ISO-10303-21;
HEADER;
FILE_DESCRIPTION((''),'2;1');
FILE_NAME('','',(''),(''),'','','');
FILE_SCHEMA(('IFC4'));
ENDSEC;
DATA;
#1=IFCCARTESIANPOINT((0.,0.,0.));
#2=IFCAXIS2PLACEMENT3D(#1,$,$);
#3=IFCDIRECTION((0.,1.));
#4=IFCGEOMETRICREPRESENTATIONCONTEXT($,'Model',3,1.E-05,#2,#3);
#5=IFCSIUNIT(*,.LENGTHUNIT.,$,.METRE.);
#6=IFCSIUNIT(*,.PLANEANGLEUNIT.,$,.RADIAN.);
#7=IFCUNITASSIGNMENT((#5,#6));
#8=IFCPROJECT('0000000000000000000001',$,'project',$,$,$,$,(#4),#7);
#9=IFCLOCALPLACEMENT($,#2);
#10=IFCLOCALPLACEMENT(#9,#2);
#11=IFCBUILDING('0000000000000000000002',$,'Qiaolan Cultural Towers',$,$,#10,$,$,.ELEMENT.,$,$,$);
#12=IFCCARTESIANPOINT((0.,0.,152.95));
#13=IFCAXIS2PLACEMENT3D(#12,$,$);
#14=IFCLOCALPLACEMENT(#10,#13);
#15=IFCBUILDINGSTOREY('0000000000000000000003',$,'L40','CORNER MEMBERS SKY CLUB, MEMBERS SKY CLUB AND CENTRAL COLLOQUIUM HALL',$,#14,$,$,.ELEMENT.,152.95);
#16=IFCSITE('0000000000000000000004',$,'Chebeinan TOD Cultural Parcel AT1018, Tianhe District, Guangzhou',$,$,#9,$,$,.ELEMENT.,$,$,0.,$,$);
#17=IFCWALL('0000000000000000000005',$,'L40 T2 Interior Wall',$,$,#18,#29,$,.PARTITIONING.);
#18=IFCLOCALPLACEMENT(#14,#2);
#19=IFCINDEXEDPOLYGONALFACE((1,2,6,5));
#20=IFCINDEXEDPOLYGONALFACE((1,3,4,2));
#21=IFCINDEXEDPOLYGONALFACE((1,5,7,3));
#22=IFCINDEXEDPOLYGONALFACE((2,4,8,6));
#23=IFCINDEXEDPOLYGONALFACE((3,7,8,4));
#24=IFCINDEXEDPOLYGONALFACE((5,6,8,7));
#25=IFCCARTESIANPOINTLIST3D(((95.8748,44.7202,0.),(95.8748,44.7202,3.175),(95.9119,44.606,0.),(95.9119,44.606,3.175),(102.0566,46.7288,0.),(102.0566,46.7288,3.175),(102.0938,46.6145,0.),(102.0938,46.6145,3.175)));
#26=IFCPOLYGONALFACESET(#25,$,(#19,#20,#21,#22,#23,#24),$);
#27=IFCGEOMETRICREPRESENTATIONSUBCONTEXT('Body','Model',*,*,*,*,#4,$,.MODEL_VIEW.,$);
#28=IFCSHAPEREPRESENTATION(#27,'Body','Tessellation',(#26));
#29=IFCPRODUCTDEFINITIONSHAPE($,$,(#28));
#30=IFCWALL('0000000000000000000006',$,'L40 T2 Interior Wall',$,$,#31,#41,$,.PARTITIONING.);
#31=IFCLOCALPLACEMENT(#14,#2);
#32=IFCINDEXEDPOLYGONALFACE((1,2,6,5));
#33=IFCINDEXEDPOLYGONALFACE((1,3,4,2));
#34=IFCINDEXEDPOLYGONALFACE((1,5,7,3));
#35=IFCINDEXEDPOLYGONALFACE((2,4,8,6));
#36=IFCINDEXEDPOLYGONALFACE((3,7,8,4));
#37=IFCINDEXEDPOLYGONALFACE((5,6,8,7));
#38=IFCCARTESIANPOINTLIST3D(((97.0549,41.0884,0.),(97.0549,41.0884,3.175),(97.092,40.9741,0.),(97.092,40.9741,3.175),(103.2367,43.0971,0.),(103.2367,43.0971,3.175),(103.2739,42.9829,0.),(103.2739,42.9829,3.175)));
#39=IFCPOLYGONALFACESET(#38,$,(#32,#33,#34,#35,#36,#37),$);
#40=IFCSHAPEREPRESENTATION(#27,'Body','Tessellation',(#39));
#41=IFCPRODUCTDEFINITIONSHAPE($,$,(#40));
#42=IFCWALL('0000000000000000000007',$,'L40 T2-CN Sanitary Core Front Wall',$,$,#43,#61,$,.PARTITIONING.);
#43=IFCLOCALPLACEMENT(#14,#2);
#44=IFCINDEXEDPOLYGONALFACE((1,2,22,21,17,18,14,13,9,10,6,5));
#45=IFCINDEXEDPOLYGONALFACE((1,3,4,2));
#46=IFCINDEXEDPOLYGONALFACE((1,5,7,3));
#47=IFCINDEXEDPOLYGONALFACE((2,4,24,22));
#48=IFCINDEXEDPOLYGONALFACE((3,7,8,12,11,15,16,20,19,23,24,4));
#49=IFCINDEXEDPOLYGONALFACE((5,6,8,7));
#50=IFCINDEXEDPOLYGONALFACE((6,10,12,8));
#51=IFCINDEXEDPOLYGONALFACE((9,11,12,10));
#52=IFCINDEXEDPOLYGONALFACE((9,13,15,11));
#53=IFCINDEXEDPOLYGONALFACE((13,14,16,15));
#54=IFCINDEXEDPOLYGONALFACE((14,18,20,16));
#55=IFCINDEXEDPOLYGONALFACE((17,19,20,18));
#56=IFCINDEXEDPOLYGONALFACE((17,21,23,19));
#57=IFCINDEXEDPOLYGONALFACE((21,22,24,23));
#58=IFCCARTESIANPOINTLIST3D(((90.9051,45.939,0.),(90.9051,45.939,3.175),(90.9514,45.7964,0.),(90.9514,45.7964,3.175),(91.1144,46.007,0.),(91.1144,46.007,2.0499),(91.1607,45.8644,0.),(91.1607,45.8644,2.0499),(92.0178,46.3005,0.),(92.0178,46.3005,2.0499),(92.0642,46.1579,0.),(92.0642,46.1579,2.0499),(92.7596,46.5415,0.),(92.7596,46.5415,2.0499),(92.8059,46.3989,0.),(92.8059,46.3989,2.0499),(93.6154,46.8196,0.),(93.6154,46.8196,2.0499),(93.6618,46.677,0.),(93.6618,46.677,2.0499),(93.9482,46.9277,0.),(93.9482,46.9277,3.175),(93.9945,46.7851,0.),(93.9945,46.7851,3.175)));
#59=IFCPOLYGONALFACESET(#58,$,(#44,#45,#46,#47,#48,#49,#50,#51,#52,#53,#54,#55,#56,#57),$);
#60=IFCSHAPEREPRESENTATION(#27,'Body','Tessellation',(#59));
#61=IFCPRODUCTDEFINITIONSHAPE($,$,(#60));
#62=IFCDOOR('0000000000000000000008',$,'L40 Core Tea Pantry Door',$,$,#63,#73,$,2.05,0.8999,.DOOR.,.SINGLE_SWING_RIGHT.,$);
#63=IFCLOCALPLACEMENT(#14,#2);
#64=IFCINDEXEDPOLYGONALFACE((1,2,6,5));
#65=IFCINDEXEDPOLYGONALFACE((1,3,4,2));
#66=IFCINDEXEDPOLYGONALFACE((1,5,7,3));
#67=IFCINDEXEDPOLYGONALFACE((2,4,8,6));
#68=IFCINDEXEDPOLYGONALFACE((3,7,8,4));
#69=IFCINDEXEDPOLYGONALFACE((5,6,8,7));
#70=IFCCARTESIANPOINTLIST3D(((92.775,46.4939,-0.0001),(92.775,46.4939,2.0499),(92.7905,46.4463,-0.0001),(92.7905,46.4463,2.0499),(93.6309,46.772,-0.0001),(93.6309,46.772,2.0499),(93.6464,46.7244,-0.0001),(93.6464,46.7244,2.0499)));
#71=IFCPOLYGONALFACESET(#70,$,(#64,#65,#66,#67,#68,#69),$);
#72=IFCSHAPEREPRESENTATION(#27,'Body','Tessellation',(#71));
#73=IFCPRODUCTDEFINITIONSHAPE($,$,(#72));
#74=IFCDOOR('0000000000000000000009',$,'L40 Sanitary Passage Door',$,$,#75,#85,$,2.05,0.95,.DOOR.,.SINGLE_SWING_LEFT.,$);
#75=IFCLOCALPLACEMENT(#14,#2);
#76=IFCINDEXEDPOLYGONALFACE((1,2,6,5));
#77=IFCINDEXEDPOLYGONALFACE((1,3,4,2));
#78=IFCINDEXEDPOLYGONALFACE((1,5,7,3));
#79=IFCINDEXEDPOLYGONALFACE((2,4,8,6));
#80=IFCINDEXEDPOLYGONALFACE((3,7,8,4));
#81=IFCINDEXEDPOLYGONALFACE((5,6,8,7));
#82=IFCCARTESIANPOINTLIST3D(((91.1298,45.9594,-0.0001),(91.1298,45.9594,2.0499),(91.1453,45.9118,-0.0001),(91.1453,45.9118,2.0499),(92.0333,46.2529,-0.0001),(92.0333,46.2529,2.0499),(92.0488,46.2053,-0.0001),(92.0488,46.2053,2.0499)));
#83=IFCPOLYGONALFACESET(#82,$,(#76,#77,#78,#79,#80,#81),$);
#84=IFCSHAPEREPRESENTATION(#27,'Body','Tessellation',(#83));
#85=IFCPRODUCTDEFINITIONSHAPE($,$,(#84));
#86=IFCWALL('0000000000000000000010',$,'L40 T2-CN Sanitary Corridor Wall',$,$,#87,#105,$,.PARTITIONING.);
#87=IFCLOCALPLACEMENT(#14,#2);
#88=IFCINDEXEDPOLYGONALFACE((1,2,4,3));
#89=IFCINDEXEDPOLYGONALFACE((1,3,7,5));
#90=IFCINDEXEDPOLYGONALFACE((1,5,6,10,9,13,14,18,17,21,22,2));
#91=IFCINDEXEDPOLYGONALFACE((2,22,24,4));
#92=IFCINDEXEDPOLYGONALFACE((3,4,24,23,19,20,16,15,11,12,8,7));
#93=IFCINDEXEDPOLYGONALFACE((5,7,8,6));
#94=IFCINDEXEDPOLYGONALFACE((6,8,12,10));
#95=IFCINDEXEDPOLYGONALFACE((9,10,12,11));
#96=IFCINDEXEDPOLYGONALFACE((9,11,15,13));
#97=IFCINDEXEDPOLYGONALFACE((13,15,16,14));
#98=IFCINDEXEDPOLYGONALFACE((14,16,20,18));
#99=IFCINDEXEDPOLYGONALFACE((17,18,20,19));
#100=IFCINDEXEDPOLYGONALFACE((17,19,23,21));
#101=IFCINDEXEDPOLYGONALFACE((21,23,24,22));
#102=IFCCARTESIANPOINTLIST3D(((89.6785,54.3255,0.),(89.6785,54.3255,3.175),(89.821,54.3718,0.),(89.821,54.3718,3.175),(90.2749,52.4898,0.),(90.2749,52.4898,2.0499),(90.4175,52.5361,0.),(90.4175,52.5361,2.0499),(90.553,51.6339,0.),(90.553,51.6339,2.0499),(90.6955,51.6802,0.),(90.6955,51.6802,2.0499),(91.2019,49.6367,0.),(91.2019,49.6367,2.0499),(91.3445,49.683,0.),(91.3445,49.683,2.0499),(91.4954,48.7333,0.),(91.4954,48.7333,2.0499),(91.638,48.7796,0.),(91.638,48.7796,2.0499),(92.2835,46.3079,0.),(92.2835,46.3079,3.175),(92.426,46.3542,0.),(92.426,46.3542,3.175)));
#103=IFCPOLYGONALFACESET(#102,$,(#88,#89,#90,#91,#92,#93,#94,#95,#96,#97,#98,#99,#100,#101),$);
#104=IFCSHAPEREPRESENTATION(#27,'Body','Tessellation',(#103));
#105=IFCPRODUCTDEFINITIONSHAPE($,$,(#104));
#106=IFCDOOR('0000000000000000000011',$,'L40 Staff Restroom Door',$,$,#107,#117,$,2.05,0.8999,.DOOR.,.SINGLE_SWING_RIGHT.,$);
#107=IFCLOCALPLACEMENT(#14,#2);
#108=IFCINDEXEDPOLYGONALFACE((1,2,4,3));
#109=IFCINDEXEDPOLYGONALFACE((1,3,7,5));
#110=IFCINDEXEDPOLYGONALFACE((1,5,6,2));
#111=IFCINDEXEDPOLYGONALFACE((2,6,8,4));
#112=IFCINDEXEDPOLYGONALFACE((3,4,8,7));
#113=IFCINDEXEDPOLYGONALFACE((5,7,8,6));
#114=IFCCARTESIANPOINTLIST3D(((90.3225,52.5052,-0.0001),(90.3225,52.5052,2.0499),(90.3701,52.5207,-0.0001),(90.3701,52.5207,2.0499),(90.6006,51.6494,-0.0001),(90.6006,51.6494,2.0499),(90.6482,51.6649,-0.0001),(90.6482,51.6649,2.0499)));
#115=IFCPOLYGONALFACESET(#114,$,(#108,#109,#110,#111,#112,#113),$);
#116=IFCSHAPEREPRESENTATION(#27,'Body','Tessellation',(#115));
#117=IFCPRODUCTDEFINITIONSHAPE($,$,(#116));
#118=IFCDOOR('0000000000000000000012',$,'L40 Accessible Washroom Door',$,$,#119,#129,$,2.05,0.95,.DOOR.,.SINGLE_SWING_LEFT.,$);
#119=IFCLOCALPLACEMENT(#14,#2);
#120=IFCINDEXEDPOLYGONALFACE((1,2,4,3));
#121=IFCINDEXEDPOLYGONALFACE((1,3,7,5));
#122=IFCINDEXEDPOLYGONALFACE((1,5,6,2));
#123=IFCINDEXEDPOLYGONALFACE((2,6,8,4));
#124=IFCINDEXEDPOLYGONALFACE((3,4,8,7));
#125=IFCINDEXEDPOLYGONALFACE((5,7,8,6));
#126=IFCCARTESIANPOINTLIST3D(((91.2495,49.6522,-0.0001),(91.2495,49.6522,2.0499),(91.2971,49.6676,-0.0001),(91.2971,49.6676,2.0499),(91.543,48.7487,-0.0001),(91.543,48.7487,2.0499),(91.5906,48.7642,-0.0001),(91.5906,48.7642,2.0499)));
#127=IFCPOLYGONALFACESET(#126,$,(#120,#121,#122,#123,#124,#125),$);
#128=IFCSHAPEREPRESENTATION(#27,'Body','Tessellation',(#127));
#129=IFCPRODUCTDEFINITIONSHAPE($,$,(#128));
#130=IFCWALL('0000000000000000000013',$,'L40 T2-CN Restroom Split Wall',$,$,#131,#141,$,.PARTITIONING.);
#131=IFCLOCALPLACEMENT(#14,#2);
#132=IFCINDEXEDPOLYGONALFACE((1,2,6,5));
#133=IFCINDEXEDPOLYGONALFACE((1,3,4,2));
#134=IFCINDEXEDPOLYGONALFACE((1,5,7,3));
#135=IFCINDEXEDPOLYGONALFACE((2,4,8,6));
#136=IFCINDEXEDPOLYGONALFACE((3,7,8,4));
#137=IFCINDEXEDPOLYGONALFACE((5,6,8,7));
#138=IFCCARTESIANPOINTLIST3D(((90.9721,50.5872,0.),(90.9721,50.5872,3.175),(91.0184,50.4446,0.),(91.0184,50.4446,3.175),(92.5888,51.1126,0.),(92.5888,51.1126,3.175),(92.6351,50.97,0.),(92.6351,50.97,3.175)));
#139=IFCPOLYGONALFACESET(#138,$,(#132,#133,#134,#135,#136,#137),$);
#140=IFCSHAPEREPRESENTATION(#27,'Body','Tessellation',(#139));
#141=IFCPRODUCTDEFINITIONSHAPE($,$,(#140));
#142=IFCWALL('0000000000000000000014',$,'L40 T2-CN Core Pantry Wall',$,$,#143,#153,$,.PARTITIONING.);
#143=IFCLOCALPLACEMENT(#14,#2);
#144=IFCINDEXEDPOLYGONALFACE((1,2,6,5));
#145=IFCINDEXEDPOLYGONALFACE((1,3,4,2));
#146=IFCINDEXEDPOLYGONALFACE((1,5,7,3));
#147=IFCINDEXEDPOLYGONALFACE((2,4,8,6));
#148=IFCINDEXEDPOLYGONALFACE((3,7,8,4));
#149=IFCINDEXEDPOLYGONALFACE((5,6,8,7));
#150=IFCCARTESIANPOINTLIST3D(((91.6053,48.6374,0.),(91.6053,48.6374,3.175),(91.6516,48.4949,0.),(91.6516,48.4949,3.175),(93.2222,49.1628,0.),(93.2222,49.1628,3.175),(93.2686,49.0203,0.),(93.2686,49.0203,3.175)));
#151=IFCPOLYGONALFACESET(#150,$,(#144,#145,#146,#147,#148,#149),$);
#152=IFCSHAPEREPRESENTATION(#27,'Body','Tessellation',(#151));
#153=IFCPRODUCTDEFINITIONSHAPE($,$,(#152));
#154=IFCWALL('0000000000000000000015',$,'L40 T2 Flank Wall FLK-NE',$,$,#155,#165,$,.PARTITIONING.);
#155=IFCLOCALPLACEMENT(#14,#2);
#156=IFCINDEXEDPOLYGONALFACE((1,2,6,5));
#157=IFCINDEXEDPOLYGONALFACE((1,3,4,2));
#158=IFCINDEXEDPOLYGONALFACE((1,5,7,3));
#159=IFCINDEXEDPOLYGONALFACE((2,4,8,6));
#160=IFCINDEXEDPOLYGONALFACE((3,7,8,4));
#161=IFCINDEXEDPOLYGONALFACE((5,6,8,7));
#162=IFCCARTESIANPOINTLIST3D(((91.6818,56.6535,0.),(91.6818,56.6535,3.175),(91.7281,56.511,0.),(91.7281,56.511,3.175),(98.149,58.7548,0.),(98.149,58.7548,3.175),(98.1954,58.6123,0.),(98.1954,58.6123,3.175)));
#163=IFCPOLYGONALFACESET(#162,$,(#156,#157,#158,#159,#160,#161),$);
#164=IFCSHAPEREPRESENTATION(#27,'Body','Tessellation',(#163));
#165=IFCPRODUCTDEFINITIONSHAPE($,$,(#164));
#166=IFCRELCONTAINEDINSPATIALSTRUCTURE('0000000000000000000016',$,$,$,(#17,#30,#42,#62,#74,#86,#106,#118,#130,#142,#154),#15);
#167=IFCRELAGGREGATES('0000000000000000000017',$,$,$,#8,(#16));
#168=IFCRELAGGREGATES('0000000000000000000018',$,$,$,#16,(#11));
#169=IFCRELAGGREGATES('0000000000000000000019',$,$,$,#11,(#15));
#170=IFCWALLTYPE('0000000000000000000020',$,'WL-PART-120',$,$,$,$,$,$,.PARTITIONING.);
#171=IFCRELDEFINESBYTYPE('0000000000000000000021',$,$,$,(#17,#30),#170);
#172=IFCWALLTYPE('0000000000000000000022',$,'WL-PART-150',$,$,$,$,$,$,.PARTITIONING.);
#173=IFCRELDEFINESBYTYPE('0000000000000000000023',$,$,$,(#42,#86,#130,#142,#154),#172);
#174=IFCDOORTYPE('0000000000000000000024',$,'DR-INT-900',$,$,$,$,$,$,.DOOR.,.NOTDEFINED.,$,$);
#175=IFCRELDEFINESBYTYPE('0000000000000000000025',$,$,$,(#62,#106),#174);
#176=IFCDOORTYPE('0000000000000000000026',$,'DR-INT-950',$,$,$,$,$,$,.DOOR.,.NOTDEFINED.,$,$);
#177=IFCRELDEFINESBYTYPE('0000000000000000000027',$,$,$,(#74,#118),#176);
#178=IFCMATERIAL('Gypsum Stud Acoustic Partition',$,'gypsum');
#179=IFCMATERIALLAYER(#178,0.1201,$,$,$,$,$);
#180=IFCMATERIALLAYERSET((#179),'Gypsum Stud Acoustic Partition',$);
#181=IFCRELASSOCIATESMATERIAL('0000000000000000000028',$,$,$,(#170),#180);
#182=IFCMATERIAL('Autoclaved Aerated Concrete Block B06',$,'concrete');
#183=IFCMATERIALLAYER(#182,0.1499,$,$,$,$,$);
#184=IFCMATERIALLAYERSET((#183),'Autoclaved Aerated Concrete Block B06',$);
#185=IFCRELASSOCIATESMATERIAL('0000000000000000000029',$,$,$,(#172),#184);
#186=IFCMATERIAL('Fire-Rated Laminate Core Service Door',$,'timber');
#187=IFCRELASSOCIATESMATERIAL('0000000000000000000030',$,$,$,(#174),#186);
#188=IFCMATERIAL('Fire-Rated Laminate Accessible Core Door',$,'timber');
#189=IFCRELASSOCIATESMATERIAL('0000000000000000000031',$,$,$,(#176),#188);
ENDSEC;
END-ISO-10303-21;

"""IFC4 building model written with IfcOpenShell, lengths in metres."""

from ifc_helpers import new_model, si_unit, direction, frame, frame_2d, origin, place, context, subcontext, project, spatial, rectangle, extrude, material, layer, layer_set, type_object, element, fill, save


model = new_model("IFC4")

# Units and contexts
model_context = context("Model", 3, precision=1e-05, world=origin(), true_north=direction((0.0, 1.0)))
body_context = subcontext(model_context, "Body", "Model", "MODEL_VIEW")
ifc_project = project(units=[si_unit("LENGTHUNIT", "METRE"), si_unit("PLANEANGLEUNIT", "RADIAN")], contexts=[model_context])

# Site, building, storey
site_placement = place(None, origin())
site = spatial("IfcSite", under=ifc_project, at=site_placement, Name="Chebeinan TOD Cultural Parcel AT1018, Tianhe District, Guangzhou", CompositionType="ELEMENT", RefElevation=0.0)
building_placement = place(site_placement, origin())
building = spatial("IfcBuilding", under=site, at=building_placement, Name="Qiaolan Cultural Towers", CompositionType="ELEMENT")
storey_placement = place(building_placement, frame((0.0, 0.0, 152.95)))
storey = spatial("IfcBuildingStorey", under=building, at=storey_placement, Name="L40", Description="CORNER MEMBERS SKY CLUB, MEMBERS SKY CLUB AND CENTRAL COLLOQUIUM HALL", CompositionType="ELEMENT", Elevation=152.95)

# Walls
ifc_material_1 = material(Name="Gypsum Stud Acoustic Partition", Category="gypsum")
ifc_layer_1 = layer(ifc_material_1, 0.1201)
ifc_layer_set_1 = layer_set([ifc_layer_1], Name="Gypsum Stud Acoustic Partition")
wall_type_1 = type_object("IfcWallType", Name="WL-PART-120", PredefinedType="PARTITIONING", material=ifc_layer_set_1)
for number, where, z_axis, x_axis, name in (
    (1, (95.8933, 44.6631, 0.0), (0.0, 0.0, 1.0), (0.95106, 0.309007, 0.0), "L40 T2 Interior Wall"),
    (2, (97.0735, 41.0312, 0.0), (0.0, 0.0, 1.0), (0.951049, 0.309041, 0.0), "L40 T2 Interior Wall"),
):
    element("IfcWall", number, at=place(storey_placement, frame(where, z_axis=z_axis, x_axis=x_axis)), inside=storey, type_object=wall_type_1, Name=name, PredefinedType="PARTITIONING", context=body_context, shape_type="SweptSolid", body=[
        extrude(rectangle(XDim=6.5, YDim=0.1201, at=frame_2d((3.25, 0.0))), origin(), (0.0, 0.0, 1.0), 3.175),
    ])

# Walls, openings, doors
ifc_material_2 = material(Name="Autoclaved Aerated Concrete Block B06", Category="concrete")
ifc_layer_2 = layer(ifc_material_2, 0.1499)
ifc_layer_set_2 = layer_set([ifc_layer_2], Name="Autoclaved Aerated Concrete Block B06")
wall_type_2 = type_object("IfcWallType", Name="WL-PART-150", PredefinedType="PARTITIONING", material=ifc_layer_set_2)
wall_1_placement = place(storey_placement, frame((90.9282, 45.8677, 0.0), z_axis=(0.0, 0.0, 1.0), x_axis=(0.951059, 0.309008, 0.0)))
wall_1 = element("IfcWall", 3, at=wall_1_placement, inside=storey, type_object=wall_type_2, Name="L40 T2-CN Sanitary Core Front Wall", PredefinedType="PARTITIONING", context=body_context, shape_type="SweptSolid", body=[
    extrude(rectangle(XDim=3.1997, YDim=0.1499, at=frame_2d((1.5999, 0.0))), origin(), (0.0, 0.0, 1.0), 3.175),
])
opening_1_placement = place(wall_1_placement, frame((0.22, 0.0, 0.0)))
opening_1 = element("IfcOpeningElement", 4, at=opening_1_placement, cuts=wall_1, PredefinedType="OPENING", context=body_context, shape_type="SweptSolid", body=[
    extrude(rectangle(XDim=0.95, YDim=2.05, at=frame_2d((0.4751, 1.0249))), frame((0.0, 0.085, 0.0), z_axis=(0.0, -1.0, 0.0), x_axis=(1.0, 0.0, 0.0)), (0.0, 0.0, 1.0), 0.1699),
])
opening_2_placement = place(wall_1_placement, frame((1.95, 0.0, 0.0)))
opening_2 = element("IfcOpeningElement", 5, at=opening_2_placement, cuts=wall_1, PredefinedType="OPENING", context=body_context, shape_type="SweptSolid", body=[
    extrude(rectangle(XDim=0.8999, YDim=2.05, at=frame_2d((0.45, 1.0249))), frame((0.0, 0.085, 0.0), z_axis=(0.0, -1.0, 0.0), x_axis=(1.0, 0.0, 0.0)), (0.0, 0.0, 1.0), 0.1699),
])
ifc_material_3 = material(Name="Fire-Rated Laminate Core Service Door", Category="timber")
door_type_1 = type_object("IfcDoorType", Name="DR-INT-900", OperationType="NOTDEFINED", PredefinedType="DOOR", material=ifc_material_3)
door_1_placement = place(opening_2_placement, origin())
door_1 = element("IfcDoor", 6, at=door_1_placement, inside=storey, type_object=door_type_1, Name="L40 Core Tea Pantry Door", OperationType="SINGLE_SWING_RIGHT", OverallHeight=2.05, OverallWidth=0.8999, PredefinedType="DOOR", context=body_context, shape_type="SweptSolid", body=[
    extrude(rectangle(XDim=0.8999, YDim=2.05, at=frame_2d((0.45, 1.0249))), frame((0.0, 0.0249, 0.0), z_axis=(0.0, -1.0, 0.0), x_axis=(1.0, 0.0, 0.0)), (0.0, 0.0, 1.0), 0.05),
])
fill(opening_2, door_1)
ifc_material_4 = material(Name="Fire-Rated Laminate Accessible Core Door", Category="timber")
door_type_2 = type_object("IfcDoorType", Name="DR-INT-950", OperationType="NOTDEFINED", PredefinedType="DOOR", material=ifc_material_4)
door_2_placement = place(opening_1_placement, origin())
door_2 = element("IfcDoor", 7, at=door_2_placement, inside=storey, type_object=door_type_2, Name="L40 Sanitary Passage Door", OperationType="SINGLE_SWING_LEFT", OverallHeight=2.05, OverallWidth=0.95, PredefinedType="DOOR", context=body_context, shape_type="SweptSolid", body=[
    extrude(rectangle(XDim=0.95, YDim=2.05, at=frame_2d((0.4751, 1.0249))), frame((0.0, 0.0249, 0.0), z_axis=(0.0, -1.0, 0.0), x_axis=(1.0, 0.0, 0.0)), (0.0, 0.0, 1.0), 0.05),
])
fill(opening_1, door_2)
wall_2_placement = place(storey_placement, frame((92.3547, 46.3311, 0.0), z_axis=(0.0, 0.0, 1.0), x_axis=(-0.309007, 0.95106, 0.0)))
wall_2 = element("IfcWall", 8, at=wall_2_placement, inside=storey, type_object=wall_type_2, Name="L40 T2-CN Sanitary Corridor Wall", PredefinedType="PARTITIONING", context=body_context, shape_type="SweptSolid", body=[
    extrude(rectangle(XDim=8.4302, YDim=0.1499, at=frame_2d((4.2151, 0.0))), origin(), (0.0, 0.0, 1.0), 3.175),
])
opening_3_placement = place(wall_2_placement, frame((2.55, 0.0, 0.0)))
opening_3 = element("IfcOpeningElement", 9, at=opening_3_placement, cuts=wall_2, PredefinedType="OPENING", context=body_context, shape_type="SweptSolid", body=[
    extrude(rectangle(XDim=0.95, YDim=2.05, at=frame_2d((0.4751, 1.0249))), frame((0.0, 0.085, 0.0), z_axis=(0.0, -1.0, 0.0), x_axis=(1.0, 0.0, 0.0)), (0.0, 0.0, 1.0), 0.1699),
])
opening_4_placement = place(wall_2_placement, frame((5.6001, 0.0, 0.0)))
opening_4 = element("IfcOpeningElement", 10, at=opening_4_placement, cuts=wall_2, PredefinedType="OPENING", context=body_context, shape_type="SweptSolid", body=[
    extrude(rectangle(XDim=0.8999, YDim=2.05, at=frame_2d((0.45, 1.0249))), frame((0.0, 0.085, 0.0), z_axis=(0.0, -1.0, 0.0), x_axis=(1.0, 0.0, 0.0)), (0.0, 0.0, 1.0), 0.1699),
])
door_3_placement = place(opening_4_placement, origin())
door_3 = element("IfcDoor", 11, at=door_3_placement, inside=storey, type_object=door_type_1, Name="L40 Staff Restroom Door", OperationType="SINGLE_SWING_RIGHT", OverallHeight=2.05, OverallWidth=0.8999, PredefinedType="DOOR", context=body_context, shape_type="SweptSolid", body=[
    extrude(rectangle(XDim=0.8999, YDim=2.05, at=frame_2d((0.45, 1.0249))), frame((0.0, 0.0249, 0.0), z_axis=(0.0, -1.0, 0.0), x_axis=(1.0, 0.0, 0.0)), (0.0, 0.0, 1.0), 0.05),
])
fill(opening_4, door_3)
door_4_placement = place(opening_3_placement, origin())
door_4 = element("IfcDoor", 12, at=door_4_placement, inside=storey, type_object=door_type_2, Name="L40 Accessible Washroom Door", OperationType="SINGLE_SWING_LEFT", OverallHeight=2.05, OverallWidth=0.95, PredefinedType="DOOR", context=body_context, shape_type="SweptSolid", body=[
    extrude(rectangle(XDim=0.95, YDim=2.05, at=frame_2d((0.4751, 1.0249))), frame((0.0, 0.0249, 0.0), z_axis=(0.0, -1.0, 0.0), x_axis=(1.0, 0.0, 0.0)), (0.0, 0.0, 1.0), 0.05),
])
fill(opening_3, door_4)

# Walls
wall_3_placement = place(storey_placement, frame((90.9951, 50.5159, 0.0), z_axis=(0.0, 0.0, 1.0), x_axis=(0.95104, 0.309067, 0.0)))
element("IfcWall", 13, at=wall_3_placement, inside=storey, type_object=wall_type_2, Name="L40 T2-CN Restroom Split Wall", PredefinedType="PARTITIONING", context=body_context, shape_type="SweptSolid", body=[
    extrude(rectangle(XDim=1.7, YDim=0.1499, at=frame_2d((0.8501, 0.0))), origin(), (0.0, 0.0, 1.0), 3.175),
])
wall_4_placement = place(storey_placement, frame((91.6284, 48.5662, 0.0), z_axis=(0.0, 0.0, 1.0), x_axis=(0.951054, 0.309024, 0.0)))
element("IfcWall", 14, at=wall_4_placement, inside=storey, type_object=wall_type_2, Name="L40 T2-CN Core Pantry Wall", PredefinedType="PARTITIONING", context=body_context, shape_type="SweptSolid", body=[
    extrude(rectangle(XDim=1.7002, YDim=0.1499, at=frame_2d((0.8501, 0.0))), origin(), (0.0, 0.0, 1.0), 3.175),
])
wall_5_placement = place(storey_placement, frame((91.7051, 56.5823, 0.0), z_axis=(0.0, 0.0, 1.0), x_axis=(0.951058, 0.309013, 0.0)))
element("IfcWall", 15, at=wall_5_placement, inside=storey, type_object=wall_type_2, Name="L40 T2 Flank Wall FLK-NE", PredefinedType="PARTITIONING", context=body_context, shape_type="SweptSolid", body=[
    extrude(rectangle(XDim=6.8, YDim=0.1499, at=frame_2d((3.3999, 0.0))), origin(), (0.0, 0.0, 1.0), 3.175),
])

save(model, "model.ifc")
